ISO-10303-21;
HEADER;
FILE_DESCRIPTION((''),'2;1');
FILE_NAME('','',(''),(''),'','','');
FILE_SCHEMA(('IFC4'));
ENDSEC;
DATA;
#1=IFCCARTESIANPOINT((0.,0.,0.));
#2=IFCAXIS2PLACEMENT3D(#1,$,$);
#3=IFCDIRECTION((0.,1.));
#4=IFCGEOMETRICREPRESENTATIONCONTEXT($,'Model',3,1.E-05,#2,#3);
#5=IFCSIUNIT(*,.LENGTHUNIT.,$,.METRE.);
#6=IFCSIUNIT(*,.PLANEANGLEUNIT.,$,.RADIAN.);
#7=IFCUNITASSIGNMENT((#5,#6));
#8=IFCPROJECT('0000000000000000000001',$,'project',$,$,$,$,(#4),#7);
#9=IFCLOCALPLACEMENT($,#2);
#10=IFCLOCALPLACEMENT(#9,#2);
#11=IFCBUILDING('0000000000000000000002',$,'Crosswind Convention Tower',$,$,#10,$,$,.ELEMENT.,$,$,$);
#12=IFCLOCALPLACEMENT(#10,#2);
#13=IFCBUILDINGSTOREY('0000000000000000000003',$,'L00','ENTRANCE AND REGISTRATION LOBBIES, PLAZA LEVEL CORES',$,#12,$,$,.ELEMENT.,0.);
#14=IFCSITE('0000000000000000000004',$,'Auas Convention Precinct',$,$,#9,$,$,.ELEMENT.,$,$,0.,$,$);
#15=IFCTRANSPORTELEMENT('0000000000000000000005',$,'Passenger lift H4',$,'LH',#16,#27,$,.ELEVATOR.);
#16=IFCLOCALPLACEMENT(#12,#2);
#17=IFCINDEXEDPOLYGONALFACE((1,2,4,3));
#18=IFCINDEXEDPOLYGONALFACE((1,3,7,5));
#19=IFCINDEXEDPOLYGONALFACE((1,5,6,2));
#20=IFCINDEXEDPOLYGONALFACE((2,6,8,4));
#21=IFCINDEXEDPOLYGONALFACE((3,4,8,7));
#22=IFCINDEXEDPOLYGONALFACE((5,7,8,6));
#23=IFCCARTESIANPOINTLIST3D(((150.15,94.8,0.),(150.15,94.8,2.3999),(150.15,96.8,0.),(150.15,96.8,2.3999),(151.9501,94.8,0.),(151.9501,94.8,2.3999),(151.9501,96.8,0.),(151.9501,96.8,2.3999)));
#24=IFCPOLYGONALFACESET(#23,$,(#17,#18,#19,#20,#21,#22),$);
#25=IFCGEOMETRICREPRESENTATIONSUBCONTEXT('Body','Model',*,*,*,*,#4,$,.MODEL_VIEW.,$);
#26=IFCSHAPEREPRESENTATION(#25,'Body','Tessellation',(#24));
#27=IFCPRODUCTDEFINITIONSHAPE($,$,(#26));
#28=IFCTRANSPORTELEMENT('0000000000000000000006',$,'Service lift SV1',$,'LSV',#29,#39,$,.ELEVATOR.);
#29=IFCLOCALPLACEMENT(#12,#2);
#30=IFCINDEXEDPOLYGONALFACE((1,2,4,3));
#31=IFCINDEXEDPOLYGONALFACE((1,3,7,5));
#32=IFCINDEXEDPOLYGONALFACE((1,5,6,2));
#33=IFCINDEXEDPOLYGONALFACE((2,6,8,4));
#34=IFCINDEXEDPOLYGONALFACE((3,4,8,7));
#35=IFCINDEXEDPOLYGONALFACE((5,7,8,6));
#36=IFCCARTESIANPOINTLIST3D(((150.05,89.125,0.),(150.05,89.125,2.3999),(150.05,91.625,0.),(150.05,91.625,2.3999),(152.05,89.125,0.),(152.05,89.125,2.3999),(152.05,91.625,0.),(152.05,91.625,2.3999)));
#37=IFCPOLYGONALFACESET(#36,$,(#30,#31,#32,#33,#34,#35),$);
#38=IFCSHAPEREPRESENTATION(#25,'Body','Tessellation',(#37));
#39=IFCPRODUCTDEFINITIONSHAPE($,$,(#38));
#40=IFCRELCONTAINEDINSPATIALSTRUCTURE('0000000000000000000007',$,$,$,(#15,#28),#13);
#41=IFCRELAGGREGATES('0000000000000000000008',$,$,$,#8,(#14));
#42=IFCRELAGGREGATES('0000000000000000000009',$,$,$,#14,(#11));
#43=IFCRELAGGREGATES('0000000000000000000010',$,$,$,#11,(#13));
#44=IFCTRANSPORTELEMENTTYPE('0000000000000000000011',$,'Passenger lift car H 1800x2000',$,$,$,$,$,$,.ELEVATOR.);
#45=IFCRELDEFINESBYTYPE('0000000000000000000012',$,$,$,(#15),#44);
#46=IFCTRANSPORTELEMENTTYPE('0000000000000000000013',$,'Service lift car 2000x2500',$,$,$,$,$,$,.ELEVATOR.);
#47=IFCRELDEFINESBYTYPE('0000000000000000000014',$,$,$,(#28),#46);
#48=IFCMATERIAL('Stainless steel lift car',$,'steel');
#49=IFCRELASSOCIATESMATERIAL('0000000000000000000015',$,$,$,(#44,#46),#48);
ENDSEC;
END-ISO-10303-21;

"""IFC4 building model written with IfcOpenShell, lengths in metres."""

from ifc_helpers import new_model, si_unit, direction, frame, origin, origin_2d, place, context, subcontext, project, spatial, rectangle, extrude, material, type_object, element, save


model = new_model("IFC4")

# Units and contexts
model_context = context("Model", 3, precision=1e-05, world=origin(), true_north=direction((0.0, 1.0)))
body_context = subcontext(model_context, "Body", "Model", "MODEL_VIEW")
ifc_project = project(units=[si_unit("LENGTHUNIT", "METRE"), si_unit("PLANEANGLEUNIT", "RADIAN")], contexts=[model_context])

# Site, building, storey
site_placement = place(None, origin())
site = spatial("IfcSite", under=ifc_project, at=site_placement, Name="Auas Convention Precinct", CompositionType="ELEMENT", RefElevation=0.0)
building_placement = place(site_placement, origin())
building = spatial("IfcBuilding", under=site, at=building_placement, Name="Crosswind Convention Tower", CompositionType="ELEMENT")
storey_placement = place(building_placement, origin())
storey = spatial("IfcBuildingStorey", under=building, at=storey_placement, Name="L00", Description="ENTRANCE AND REGISTRATION LOBBIES, PLAZA LEVEL CORES", CompositionType="ELEMENT", Elevation=0.0)

# Transport elements
ifc_material_1 = material(Name="Stainless steel lift car", Category="steel")
transport_element_type_1 = type_object("IfcTransportElementType", Name="Passenger lift car H 1800x2000", PredefinedType="ELEVATOR", material=ifc_material_1)
for number, where, z_axis, x_axis, name in (
    (1, (151.05, 95.8, 0.0), (0.0, 0.0, 1.0), (1.0, 0.0, 0.0), "Passenger lift H4"),
):
    element("IfcTransportElement", number, at=place(storey_placement, frame(where, z_axis=z_axis, x_axis=x_axis)), inside=storey, type_object=transport_element_type_1, Name=name, ObjectType="LH", PredefinedType="ELEVATOR", context=body_context, shape_type="SweptSolid", body=[
        extrude(rectangle(XDim=1.8, YDim=2.0, at=origin_2d()), origin(), (0.0, 0.0, 1.0), 2.3999),
    ])
transport_element_type_2 = type_object("IfcTransportElementType", Name="Service lift car 2000x2500", PredefinedType="ELEVATOR", material=ifc_material_1)
transport_element_placement = place(storey_placement, frame((151.05, 90.375, 0.0), z_axis=(0.0, 0.0, 1.0), x_axis=(1.0, 0.0, 0.0)))
element("IfcTransportElement", 2, at=transport_element_placement, inside=storey, type_object=transport_element_type_2, Name="Service lift SV1", ObjectType="LSV", PredefinedType="ELEVATOR", context=body_context, shape_type="SweptSolid", body=[
    extrude(rectangle(XDim=2.0, YDim=2.5, at=origin_2d()), origin(), (0.0, 0.0, 1.0), 2.3999),
])

save(model, "model.ifc")
